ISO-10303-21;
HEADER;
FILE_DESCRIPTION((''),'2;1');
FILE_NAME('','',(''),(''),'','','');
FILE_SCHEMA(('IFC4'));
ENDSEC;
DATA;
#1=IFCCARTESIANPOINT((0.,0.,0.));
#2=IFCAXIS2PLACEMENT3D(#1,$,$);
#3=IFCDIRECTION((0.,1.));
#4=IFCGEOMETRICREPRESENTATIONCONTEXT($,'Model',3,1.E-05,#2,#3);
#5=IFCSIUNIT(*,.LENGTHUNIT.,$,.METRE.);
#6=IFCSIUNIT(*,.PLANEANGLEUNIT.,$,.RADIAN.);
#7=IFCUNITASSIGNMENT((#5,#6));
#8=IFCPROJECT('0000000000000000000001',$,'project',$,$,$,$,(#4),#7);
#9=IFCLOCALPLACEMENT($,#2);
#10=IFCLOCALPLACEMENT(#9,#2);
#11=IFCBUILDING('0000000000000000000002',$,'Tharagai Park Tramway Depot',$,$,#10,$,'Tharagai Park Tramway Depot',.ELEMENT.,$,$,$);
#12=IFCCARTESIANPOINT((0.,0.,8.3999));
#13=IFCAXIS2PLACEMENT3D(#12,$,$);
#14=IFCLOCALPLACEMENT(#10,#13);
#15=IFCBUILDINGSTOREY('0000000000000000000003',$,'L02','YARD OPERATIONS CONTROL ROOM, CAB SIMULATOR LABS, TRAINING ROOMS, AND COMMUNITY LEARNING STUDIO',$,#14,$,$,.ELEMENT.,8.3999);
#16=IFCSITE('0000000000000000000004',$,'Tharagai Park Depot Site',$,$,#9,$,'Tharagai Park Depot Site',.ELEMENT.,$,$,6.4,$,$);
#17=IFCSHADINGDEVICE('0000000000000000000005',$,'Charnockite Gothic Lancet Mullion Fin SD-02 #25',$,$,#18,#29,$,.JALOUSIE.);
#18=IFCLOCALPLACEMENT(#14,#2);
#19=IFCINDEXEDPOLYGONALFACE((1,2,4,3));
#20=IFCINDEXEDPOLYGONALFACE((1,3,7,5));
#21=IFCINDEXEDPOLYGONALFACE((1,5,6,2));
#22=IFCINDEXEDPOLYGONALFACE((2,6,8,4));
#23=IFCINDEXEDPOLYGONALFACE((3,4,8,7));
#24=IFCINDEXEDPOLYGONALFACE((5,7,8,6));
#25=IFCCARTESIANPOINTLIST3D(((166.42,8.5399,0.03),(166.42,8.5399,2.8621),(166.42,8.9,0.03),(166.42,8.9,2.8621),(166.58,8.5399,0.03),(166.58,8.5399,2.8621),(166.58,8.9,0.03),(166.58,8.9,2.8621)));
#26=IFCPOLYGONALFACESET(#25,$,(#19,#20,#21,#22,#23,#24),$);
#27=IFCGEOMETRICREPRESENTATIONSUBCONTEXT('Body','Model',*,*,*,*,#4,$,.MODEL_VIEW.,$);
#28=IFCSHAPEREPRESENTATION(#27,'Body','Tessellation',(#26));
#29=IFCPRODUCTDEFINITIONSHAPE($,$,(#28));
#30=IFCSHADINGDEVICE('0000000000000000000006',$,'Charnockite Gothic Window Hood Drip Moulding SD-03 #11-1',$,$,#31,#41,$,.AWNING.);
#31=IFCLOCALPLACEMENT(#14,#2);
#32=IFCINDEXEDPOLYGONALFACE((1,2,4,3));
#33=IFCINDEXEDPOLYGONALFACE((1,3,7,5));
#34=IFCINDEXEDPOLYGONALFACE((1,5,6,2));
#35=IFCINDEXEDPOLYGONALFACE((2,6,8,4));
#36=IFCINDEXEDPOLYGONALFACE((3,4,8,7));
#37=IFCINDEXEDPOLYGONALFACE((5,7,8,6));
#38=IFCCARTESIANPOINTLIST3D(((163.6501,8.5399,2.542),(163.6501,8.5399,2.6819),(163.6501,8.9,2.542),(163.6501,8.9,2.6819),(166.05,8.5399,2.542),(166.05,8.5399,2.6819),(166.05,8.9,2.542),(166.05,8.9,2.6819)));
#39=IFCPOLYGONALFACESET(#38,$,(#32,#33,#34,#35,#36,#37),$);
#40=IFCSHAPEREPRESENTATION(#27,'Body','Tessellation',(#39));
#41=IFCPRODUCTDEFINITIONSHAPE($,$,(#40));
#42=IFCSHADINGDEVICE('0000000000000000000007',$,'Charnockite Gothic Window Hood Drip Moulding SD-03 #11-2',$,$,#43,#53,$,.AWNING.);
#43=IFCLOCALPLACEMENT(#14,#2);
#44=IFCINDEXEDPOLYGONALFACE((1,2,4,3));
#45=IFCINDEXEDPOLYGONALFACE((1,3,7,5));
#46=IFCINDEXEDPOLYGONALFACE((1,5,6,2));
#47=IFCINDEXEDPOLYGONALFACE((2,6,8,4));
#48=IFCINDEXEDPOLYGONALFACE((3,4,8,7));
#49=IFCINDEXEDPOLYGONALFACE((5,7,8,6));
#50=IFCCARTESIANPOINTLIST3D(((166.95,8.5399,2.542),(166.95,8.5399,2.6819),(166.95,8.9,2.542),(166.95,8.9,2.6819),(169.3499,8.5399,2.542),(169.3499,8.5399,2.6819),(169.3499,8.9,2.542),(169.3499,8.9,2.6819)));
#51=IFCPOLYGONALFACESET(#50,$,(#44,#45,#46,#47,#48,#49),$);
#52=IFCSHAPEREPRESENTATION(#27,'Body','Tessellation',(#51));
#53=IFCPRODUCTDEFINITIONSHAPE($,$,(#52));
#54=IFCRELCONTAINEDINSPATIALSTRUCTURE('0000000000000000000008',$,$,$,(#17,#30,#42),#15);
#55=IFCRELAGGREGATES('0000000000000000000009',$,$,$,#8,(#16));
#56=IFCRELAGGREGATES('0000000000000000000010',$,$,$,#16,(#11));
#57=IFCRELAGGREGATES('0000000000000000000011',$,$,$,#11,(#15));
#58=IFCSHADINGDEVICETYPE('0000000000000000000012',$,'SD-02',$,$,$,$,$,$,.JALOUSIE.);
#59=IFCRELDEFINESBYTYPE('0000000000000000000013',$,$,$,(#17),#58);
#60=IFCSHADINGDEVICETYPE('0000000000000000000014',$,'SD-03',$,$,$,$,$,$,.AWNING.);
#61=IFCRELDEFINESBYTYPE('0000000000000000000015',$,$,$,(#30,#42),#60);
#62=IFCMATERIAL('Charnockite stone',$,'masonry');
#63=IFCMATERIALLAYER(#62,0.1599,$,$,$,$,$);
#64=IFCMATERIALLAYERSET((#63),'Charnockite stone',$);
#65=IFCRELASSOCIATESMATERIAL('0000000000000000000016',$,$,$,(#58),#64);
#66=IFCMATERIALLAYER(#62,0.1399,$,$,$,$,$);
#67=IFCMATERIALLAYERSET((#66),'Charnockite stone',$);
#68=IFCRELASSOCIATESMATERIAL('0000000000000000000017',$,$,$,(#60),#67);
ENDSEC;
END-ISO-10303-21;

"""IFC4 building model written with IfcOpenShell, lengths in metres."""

from ifc_helpers import new_model, si_unit, direction, frame, origin, origin_2d, place, context, subcontext, project, spatial, rectangle, extrude, material, layer, layer_set, type_object, element, save


model = new_model("IFC4")

# Units and contexts
model_context = context("Model", 3, precision=1e-05, world=origin(), true_north=direction((0.0, 1.0)))
body_context = subcontext(model_context, "Body", "Model", "MODEL_VIEW")
ifc_project = project(units=[si_unit("LENGTHUNIT", "METRE"), si_unit("PLANEANGLEUNIT", "RADIAN")], contexts=[model_context])

# Site, building, storey
site_placement = place(None, origin())
site = spatial("IfcSite", under=ifc_project, at=site_placement, Name="Tharagai Park Depot Site", LongName="Tharagai Park Depot Site", CompositionType="ELEMENT", RefElevation=6.4)
building_placement = place(site_placement, origin())
building = spatial("IfcBuilding", under=site, at=building_placement, Name="Tharagai Park Tramway Depot", LongName="Tharagai Park Tramway Depot", CompositionType="ELEMENT")
storey_placement = place(building_placement, frame((0.0, 0.0, 8.3999)))
storey = spatial("IfcBuildingStorey", under=building, at=storey_placement, Name="L02", Description="YARD OPERATIONS CONTROL ROOM, CAB SIMULATOR LABS, TRAINING ROOMS, AND COMMUNITY LEARNING STUDIO", CompositionType="ELEMENT", Elevation=8.3999)

# Shading devices
ifc_material_1 = material(Name="Charnockite stone", Category="masonry")
ifc_layer_1 = layer(ifc_material_1, 0.1599)
ifc_layer_set_1 = layer_set([ifc_layer_1], Name="Charnockite stone")
shading_device_type_1 = type_object("IfcShadingDeviceType", Name="SD-02", PredefinedType="JALOUSIE", material=ifc_layer_set_1)
shading_device_1_placement = place(storey_placement, frame((166.5, 8.72, 0.03), z_axis=(0.0, 0.0, 1.0), x_axis=(1.0, 0.0, 0.0)))
element("IfcShadingDevice", 1, at=shading_device_1_placement, inside=storey, type_object=shading_device_type_1, Name="Charnockite Gothic Lancet Mullion Fin SD-02 #25", PredefinedType="JALOUSIE", context=body_context, shape_type="SweptSolid", body=[
    extrude(rectangle(XDim=0.1599, YDim=0.3601, at=origin_2d()), origin(), (0.0, 0.0, 1.0), 2.832),
])
ifc_layer_2 = layer(ifc_material_1, 0.1399)
ifc_layer_set_2 = layer_set([ifc_layer_2], Name="Charnockite stone")
shading_device_type_2 = type_object("IfcShadingDeviceType", Name="SD-03", PredefinedType="AWNING", material=ifc_layer_set_2)
for number, where, z_axis, x_axis, name in (
    (2, (164.8501, 8.72, 2.542), (0.0, 0.0, 1.0), (1.0, 0.0, 0.0), "Charnockite Gothic Window Hood Drip Moulding SD-03 #11-1"),
    (3, (168.1499, 8.72, 2.542), (0.0, 0.0, 1.0), (1.0, 0.0, 0.0), "Charnockite Gothic Window Hood Drip Moulding SD-03 #11-2"),
):
    element("IfcShadingDevice", number, at=place(storey_placement, frame(where, z_axis=z_axis, x_axis=x_axis)), inside=storey, type_object=shading_device_type_2, Name=name, PredefinedType="AWNING", context=body_context, shape_type="SweptSolid", body=[
        extrude(rectangle(XDim=2.3999, YDim=0.3601, at=origin_2d()), origin(), (0.0, 0.0, 1.0), 0.1399),
    ])

save(model, "model.ifc")
